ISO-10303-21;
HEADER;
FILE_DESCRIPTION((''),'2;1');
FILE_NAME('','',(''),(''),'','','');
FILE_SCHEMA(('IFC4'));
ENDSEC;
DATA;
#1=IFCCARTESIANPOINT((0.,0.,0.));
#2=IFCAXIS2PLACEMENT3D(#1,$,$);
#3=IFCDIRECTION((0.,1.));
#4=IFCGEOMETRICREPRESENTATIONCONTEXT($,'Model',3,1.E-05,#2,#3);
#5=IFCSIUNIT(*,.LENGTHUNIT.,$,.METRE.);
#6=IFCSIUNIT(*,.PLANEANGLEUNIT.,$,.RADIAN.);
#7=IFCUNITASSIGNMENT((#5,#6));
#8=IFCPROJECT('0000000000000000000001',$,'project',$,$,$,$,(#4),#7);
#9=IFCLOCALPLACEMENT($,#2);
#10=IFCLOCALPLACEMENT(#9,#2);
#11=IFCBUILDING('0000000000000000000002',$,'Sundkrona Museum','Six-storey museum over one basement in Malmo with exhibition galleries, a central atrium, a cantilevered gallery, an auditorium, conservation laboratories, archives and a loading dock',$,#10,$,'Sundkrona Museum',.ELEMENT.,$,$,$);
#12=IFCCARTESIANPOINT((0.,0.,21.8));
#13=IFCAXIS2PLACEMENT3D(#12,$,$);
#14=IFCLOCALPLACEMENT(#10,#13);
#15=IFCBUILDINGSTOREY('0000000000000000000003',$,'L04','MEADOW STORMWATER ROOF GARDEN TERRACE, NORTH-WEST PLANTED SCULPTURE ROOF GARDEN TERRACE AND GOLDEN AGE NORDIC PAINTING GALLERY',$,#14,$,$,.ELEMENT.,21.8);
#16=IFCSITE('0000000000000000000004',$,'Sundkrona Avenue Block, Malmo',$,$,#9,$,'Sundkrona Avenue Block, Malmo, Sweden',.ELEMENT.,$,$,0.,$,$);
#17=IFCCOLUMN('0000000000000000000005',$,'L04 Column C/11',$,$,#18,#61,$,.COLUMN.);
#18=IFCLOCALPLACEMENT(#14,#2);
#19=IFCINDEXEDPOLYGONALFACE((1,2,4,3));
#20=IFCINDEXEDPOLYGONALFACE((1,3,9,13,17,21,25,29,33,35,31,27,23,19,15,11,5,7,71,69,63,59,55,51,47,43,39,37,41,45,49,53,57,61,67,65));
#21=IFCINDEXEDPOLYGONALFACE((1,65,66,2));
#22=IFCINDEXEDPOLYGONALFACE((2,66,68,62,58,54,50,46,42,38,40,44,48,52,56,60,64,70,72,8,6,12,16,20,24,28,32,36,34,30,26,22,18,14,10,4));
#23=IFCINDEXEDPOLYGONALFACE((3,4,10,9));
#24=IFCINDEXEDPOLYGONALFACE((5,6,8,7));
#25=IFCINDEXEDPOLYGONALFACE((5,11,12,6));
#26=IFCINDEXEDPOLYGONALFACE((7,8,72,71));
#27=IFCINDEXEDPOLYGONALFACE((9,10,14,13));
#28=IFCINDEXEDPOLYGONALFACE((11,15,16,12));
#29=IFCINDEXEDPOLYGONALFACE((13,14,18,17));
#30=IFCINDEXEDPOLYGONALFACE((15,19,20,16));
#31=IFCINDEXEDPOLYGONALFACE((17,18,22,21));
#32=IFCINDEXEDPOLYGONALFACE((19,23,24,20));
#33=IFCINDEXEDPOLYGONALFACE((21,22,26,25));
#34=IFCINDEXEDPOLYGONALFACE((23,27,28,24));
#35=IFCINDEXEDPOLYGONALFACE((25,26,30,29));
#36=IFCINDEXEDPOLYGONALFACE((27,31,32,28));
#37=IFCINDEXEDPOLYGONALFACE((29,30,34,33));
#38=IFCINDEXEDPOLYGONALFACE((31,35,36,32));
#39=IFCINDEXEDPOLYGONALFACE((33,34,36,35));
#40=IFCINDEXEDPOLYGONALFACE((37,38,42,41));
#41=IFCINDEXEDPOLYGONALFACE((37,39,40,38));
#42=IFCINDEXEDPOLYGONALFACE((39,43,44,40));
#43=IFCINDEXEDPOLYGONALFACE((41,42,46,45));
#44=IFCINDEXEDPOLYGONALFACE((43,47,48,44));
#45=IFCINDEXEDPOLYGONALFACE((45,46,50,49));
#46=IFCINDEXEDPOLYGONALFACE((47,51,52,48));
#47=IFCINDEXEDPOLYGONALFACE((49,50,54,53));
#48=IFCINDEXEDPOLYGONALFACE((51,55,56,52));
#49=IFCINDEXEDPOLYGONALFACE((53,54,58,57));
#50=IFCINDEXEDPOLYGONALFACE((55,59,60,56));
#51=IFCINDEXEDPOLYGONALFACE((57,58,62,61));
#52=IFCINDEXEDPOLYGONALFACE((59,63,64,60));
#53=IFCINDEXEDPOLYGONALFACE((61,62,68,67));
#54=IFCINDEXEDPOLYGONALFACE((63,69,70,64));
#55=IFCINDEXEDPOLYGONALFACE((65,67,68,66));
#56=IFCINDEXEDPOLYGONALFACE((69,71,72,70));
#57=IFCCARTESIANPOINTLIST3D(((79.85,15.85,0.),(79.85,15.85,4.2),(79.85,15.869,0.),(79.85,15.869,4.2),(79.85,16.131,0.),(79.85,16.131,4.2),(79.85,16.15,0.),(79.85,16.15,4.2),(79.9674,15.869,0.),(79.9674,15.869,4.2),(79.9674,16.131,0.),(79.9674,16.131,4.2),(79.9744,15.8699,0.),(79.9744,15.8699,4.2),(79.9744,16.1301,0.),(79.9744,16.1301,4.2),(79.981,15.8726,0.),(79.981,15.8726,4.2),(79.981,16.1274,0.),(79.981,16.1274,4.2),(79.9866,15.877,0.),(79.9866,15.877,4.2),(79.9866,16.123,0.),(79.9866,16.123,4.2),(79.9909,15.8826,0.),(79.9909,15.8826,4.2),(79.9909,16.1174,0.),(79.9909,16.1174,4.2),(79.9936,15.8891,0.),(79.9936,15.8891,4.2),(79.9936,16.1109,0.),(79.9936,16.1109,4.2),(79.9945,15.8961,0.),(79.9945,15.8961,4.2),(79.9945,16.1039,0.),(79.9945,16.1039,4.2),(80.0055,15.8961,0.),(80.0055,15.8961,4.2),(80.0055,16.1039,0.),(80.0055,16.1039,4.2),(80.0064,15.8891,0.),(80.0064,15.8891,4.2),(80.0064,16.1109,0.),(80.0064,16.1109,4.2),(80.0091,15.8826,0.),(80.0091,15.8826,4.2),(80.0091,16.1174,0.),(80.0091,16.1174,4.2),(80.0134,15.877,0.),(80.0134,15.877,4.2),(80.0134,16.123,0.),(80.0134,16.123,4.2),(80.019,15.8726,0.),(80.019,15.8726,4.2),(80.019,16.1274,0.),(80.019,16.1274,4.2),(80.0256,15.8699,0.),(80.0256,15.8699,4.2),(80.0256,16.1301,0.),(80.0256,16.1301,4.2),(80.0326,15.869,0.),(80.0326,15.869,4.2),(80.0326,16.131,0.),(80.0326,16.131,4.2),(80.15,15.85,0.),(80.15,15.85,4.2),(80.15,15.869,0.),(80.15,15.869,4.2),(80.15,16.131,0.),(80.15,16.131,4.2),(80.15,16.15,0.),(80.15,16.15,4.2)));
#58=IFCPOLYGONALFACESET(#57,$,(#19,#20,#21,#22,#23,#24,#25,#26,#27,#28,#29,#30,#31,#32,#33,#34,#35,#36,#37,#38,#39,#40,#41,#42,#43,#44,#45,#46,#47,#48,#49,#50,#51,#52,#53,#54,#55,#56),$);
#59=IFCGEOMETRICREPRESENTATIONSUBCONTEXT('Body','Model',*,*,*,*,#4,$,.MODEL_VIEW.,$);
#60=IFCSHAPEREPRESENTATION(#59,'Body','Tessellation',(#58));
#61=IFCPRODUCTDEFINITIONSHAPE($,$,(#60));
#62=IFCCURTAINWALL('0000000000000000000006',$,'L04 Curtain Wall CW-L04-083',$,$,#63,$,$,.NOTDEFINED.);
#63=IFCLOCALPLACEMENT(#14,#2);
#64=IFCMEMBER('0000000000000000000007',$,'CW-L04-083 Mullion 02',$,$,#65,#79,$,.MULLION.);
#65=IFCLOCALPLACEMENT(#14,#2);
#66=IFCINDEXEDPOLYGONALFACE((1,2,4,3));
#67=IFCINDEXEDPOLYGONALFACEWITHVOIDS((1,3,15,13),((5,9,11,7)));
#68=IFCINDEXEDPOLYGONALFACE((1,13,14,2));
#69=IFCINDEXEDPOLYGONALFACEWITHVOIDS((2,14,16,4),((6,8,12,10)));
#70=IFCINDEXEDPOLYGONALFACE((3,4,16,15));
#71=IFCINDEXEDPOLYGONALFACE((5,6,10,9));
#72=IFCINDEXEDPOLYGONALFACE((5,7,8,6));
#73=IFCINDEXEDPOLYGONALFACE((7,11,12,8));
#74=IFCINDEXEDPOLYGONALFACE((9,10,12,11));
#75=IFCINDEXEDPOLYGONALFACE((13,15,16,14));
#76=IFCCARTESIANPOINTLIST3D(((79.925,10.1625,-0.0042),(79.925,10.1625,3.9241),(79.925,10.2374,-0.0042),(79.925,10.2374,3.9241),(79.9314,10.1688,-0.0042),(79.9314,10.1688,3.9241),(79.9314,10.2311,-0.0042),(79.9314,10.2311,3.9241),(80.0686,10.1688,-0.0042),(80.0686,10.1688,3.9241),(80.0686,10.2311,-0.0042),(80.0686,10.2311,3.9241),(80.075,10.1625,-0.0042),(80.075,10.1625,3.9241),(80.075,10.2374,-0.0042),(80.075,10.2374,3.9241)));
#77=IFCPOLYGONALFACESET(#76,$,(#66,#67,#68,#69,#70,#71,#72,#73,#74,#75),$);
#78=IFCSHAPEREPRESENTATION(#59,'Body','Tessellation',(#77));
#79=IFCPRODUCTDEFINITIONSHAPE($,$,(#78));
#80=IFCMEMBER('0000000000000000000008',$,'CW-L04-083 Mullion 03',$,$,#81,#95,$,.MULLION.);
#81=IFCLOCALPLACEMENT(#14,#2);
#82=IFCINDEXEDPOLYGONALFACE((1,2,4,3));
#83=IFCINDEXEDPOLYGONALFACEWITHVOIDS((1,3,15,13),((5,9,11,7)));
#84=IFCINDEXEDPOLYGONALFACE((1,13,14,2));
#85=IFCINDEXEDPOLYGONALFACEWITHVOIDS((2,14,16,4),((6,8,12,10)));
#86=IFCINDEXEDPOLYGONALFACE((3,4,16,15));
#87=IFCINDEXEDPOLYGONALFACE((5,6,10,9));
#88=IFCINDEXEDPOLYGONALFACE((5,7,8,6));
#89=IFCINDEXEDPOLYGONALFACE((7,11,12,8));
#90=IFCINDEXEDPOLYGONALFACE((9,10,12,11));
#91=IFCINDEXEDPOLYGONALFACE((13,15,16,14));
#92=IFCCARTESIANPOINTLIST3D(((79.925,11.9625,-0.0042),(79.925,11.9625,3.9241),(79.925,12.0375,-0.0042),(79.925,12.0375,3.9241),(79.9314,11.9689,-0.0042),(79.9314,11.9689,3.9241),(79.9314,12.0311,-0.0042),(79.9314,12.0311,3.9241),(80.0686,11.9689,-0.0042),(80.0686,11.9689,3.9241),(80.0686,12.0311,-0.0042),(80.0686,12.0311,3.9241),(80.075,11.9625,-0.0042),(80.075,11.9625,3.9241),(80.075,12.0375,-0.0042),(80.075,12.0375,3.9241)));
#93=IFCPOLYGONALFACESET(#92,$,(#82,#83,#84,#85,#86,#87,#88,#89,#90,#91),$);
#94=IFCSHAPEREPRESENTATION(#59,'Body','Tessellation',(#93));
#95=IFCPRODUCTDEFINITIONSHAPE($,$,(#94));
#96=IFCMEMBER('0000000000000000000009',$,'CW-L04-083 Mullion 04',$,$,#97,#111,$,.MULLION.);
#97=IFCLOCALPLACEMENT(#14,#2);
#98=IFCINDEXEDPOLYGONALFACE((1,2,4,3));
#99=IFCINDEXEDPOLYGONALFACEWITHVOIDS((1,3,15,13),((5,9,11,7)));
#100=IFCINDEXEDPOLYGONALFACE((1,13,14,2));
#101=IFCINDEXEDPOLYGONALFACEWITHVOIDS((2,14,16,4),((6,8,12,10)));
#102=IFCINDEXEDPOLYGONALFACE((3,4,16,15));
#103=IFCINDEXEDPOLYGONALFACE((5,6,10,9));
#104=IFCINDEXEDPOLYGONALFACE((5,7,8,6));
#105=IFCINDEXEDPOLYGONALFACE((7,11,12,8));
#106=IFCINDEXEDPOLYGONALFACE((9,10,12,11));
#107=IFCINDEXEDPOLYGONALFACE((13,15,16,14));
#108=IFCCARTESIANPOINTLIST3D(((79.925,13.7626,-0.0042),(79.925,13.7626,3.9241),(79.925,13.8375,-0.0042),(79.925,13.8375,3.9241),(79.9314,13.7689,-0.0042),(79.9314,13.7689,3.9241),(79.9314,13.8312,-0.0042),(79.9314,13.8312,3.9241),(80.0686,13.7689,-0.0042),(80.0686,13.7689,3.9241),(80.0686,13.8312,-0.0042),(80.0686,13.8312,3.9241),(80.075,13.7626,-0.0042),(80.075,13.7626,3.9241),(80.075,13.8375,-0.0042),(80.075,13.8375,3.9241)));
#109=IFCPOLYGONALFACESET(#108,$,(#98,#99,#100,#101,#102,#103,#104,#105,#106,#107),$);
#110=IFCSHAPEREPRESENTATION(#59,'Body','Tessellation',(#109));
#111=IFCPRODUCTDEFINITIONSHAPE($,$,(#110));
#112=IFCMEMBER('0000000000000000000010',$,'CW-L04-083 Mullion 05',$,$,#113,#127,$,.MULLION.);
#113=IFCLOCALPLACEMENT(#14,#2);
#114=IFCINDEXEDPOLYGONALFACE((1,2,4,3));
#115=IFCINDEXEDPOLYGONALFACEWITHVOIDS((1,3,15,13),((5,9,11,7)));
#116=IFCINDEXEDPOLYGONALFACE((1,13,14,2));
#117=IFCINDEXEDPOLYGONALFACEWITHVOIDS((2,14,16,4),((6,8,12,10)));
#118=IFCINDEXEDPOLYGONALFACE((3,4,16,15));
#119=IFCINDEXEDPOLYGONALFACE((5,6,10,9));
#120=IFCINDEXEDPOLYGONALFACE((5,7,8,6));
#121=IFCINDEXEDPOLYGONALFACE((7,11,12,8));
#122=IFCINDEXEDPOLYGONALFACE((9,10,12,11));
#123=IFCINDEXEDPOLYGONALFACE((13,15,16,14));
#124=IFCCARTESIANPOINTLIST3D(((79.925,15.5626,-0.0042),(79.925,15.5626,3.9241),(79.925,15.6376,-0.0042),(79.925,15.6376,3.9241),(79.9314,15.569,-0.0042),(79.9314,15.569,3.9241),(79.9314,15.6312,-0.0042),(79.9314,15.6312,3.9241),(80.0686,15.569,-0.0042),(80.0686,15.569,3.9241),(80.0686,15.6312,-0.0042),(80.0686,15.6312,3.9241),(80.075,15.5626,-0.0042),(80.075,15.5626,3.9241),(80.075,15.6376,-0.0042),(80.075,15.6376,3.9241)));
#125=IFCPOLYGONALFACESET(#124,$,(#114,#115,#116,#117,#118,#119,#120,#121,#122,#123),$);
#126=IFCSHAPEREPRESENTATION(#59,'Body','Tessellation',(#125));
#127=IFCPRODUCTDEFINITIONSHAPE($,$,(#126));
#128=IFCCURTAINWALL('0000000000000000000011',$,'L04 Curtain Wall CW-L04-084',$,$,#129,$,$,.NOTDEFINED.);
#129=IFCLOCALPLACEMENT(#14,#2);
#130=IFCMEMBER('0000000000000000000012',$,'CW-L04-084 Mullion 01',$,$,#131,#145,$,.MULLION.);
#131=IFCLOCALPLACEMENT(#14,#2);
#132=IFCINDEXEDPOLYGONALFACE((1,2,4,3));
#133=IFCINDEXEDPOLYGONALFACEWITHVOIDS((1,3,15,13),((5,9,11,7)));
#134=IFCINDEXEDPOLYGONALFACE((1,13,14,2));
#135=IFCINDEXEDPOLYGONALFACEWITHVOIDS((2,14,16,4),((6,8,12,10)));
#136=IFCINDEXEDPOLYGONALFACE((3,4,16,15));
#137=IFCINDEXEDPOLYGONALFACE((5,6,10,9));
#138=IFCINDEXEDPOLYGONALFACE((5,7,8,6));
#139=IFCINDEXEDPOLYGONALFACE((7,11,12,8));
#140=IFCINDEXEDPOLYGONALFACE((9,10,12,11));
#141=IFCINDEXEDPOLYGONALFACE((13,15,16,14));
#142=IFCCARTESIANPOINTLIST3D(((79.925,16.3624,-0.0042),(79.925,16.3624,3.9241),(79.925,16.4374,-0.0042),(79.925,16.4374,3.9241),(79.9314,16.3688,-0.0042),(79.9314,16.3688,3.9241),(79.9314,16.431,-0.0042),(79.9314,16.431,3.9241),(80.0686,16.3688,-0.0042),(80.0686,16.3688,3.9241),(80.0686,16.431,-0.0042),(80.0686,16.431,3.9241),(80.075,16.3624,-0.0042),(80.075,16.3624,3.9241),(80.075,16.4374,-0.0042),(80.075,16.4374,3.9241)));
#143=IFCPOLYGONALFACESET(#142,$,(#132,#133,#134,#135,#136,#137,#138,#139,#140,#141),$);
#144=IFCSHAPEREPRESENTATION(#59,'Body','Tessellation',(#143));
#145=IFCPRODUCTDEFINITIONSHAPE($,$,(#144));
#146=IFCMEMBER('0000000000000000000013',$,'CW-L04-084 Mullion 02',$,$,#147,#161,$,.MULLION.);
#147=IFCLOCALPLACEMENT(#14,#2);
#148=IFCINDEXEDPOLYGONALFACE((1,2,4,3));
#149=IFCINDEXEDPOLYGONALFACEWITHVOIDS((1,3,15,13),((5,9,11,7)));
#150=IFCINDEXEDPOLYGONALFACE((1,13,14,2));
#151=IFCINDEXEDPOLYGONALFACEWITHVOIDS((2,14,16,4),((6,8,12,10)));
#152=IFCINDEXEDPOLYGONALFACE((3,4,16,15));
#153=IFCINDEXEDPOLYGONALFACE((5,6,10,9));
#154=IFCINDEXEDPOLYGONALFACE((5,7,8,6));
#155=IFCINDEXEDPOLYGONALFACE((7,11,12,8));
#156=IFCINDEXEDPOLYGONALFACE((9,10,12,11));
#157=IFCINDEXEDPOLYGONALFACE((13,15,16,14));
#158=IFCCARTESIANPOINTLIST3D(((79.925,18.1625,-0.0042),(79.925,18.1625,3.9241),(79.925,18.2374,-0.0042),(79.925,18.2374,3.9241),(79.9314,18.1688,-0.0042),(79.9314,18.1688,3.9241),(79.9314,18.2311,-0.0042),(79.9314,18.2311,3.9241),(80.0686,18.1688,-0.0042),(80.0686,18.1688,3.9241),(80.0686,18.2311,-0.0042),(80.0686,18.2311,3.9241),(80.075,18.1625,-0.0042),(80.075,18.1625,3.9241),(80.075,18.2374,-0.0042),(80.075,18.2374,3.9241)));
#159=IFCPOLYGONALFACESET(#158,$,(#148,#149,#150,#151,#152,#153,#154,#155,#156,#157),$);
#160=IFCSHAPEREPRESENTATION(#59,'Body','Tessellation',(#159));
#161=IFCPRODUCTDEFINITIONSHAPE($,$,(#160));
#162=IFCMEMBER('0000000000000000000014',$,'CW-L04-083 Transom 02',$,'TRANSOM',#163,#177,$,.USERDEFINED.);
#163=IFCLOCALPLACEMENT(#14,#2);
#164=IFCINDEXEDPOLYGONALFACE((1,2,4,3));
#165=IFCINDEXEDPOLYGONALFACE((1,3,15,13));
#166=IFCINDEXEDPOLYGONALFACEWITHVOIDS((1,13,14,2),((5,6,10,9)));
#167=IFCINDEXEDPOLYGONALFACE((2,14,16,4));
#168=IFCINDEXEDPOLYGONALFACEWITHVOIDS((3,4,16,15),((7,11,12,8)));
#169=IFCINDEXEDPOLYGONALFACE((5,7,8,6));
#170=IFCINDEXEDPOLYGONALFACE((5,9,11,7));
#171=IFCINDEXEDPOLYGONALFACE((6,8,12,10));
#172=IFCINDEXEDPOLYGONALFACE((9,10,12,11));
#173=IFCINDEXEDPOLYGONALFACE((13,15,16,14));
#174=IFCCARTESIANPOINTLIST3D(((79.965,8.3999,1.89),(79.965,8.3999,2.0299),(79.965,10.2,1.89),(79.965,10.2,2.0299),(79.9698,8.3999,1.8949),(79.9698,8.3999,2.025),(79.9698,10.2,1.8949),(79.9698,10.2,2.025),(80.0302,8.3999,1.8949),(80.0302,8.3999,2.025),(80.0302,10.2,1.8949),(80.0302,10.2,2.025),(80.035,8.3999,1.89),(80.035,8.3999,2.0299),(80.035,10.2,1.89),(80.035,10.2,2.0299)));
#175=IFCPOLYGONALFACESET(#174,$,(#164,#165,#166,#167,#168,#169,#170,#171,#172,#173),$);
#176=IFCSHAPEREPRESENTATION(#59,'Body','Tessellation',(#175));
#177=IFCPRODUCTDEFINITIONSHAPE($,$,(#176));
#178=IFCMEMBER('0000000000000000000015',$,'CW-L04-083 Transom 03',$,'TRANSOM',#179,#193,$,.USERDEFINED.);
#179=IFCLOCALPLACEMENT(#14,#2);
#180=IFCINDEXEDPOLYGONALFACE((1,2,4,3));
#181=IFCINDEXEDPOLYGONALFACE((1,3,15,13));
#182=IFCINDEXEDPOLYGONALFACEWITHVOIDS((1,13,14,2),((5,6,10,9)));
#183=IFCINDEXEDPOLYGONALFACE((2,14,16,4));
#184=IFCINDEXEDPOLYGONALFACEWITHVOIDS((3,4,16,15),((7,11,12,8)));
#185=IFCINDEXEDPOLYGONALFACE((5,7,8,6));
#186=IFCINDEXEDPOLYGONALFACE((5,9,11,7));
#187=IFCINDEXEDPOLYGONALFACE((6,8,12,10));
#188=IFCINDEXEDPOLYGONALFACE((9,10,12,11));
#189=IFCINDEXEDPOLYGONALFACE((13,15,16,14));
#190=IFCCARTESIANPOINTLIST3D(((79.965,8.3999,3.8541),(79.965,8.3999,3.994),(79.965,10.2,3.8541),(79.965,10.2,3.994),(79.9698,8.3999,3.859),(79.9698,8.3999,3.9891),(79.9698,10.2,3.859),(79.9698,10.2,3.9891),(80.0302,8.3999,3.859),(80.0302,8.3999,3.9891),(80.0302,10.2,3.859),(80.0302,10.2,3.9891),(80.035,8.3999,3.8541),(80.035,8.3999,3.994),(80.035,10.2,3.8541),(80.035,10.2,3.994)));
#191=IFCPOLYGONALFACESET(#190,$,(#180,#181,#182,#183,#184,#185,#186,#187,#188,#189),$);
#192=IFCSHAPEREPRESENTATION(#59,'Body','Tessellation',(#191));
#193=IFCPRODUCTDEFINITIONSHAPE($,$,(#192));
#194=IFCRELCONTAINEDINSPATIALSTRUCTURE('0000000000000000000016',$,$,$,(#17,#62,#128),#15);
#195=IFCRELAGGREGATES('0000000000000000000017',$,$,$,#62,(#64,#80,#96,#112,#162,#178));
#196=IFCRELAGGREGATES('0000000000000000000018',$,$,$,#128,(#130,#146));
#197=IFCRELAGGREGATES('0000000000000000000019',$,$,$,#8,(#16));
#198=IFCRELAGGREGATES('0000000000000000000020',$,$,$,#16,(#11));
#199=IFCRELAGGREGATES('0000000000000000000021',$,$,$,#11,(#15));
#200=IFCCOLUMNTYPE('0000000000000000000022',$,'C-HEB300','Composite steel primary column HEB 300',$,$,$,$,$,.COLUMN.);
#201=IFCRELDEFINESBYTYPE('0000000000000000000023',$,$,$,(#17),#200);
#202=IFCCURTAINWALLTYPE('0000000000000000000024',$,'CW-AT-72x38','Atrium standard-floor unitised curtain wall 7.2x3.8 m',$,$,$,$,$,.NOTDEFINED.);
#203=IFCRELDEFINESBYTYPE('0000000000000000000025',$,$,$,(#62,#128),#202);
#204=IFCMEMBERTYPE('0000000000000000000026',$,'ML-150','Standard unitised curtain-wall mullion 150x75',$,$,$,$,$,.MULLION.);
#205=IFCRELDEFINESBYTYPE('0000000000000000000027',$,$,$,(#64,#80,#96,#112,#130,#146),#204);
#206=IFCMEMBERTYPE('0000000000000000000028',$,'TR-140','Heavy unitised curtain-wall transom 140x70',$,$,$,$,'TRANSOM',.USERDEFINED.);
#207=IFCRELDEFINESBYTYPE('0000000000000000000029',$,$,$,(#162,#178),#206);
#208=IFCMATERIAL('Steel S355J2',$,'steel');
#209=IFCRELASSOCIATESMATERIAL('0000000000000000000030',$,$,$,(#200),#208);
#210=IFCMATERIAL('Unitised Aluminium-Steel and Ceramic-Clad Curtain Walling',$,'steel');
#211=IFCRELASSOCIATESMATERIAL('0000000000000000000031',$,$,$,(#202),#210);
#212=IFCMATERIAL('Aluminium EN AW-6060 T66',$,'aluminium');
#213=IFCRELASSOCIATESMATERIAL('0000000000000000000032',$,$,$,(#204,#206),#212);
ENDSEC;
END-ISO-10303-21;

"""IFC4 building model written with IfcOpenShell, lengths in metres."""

from ifc_helpers import new_model, si_unit, direction, frame, origin, origin_2d, place, context, subcontext, project, spatial, hollow_rectangle, i_section, extrude, material, material_profile, profile_set, type_object, element, aggregate, save


model = new_model("IFC4")

# Units and contexts
model_context = context("Model", 3, precision=1e-05, world=origin(), true_north=direction((0.0, 1.0)))
body_context = subcontext(model_context, "Body", "Model", "MODEL_VIEW")
ifc_project = project(units=[si_unit("LENGTHUNIT", "METRE"), si_unit("PLANEANGLEUNIT", "RADIAN")], contexts=[model_context])

# Site, building, storey
site_placement = place(None, origin())
site = spatial("IfcSite", under=ifc_project, at=site_placement, Name="Sundkrona Avenue Block, Malmo", LongName="Sundkrona Avenue Block, Malmo, Sweden", CompositionType="ELEMENT", RefElevation=0.0)
building_placement = place(site_placement, origin())
building = spatial("IfcBuilding", under=site, at=building_placement, Name="Sundkrona Museum", Description="Six-storey museum over one basement in Malmo with exhibition galleries, a central atrium, a cantilevered gallery, an auditorium, conservation laboratories, archives and a loading dock", LongName="Sundkrona Museum", CompositionType="ELEMENT")
storey_placement = place(building_placement, frame((0.0, 0.0, 21.8)))
storey = spatial("IfcBuildingStorey", under=building, at=storey_placement, Name="L04", Description="MEADOW STORMWATER ROOF GARDEN TERRACE, NORTH-WEST PLANTED SCULPTURE ROOF GARDEN TERRACE AND GOLDEN AGE NORDIC PAINTING GALLERY", CompositionType="ELEMENT", Elevation=21.8)

# Column
ifc_material_1 = material(Name="Steel S355J2", Category="steel")
ifc_material_profile_1 = material_profile(ifc_material_1, i_section(OverallWidth=0.3, OverallDepth=0.3, WebThickness=0.011, FlangeThickness=0.019, FilletRadius=0.0271, at=origin_2d()), Name="HEB 300")
ifc_profile_set_1 = profile_set([ifc_material_profile_1], Name="Steel S355J2")
column_type = type_object("IfcColumnType", Name="C-HEB300", Description="Composite steel primary column HEB 300", PredefinedType="COLUMN", material=ifc_profile_set_1)
column_placement = place(storey_placement, frame((80.0, 16.0, 0.0), z_axis=(0.0, 0.0, 1.0), x_axis=(1.0, 0.0, 0.0)))
element("IfcColumn", 1, at=column_placement, inside=storey, type_object=column_type, Name="L04 Column C/11", PredefinedType="COLUMN", context=body_context, shape_type="SweptSolid", body=[
    extrude(i_section(OverallWidth=0.3, OverallDepth=0.3, WebThickness=0.011, FlangeThickness=0.019, FilletRadius=0.0271, at=origin_2d()), origin(), (0.0, 0.0, 1.0), 4.2),
])

# Curtain walls, members
ifc_material_2 = material(Name="Unitised Aluminium-Steel and Ceramic-Clad Curtain Walling", Category="steel")
curtain_wall_type = type_object("IfcCurtainWallType", Name="CW-AT-72x38", Description="Atrium standard-floor unitised curtain wall 7.2x3.8 m", PredefinedType="NOTDEFINED", material=ifc_material_2)
curtain_wall_1_placement = place(storey_placement, origin())
curtain_wall_1 = element("IfcCurtainWall", 2, at=curtain_wall_1_placement, inside=storey, type_object=curtain_wall_type, Name="L04 Curtain Wall CW-L04-083", PredefinedType="NOTDEFINED")
ifc_material_3 = material(Name="Aluminium EN AW-6060 T66", Category="aluminium")
ifc_material_profile_2 = material_profile(ifc_material_3, hollow_rectangle(XDim=0.075, YDim=0.1499, WallThickness=0.0063, at=origin_2d()), Name="RHS 150x75x6.3")
ifc_profile_set_2 = profile_set([ifc_material_profile_2], Name="Aluminium EN AW-6060 T66")
member_type_1 = type_object("IfcMemberType", Name="ML-150", Description="Standard unitised curtain-wall mullion 150x75", PredefinedType="MULLION", material=ifc_profile_set_2)
member_1_placement = place(storey_placement, frame((80.0, 10.2, -0.0042), z_axis=(0.0, 0.0, 1.0), x_axis=(0.0, 1.0, 0.0)))
member_1 = element("IfcMember", 3, at=member_1_placement, type_object=member_type_1, Name="CW-L04-083 Mullion 02", PredefinedType="MULLION", context=body_context, shape_type="SweptSolid", body=[
    extrude(hollow_rectangle(XDim=0.075, YDim=0.1499, WallThickness=0.0063, at=origin_2d()), origin(), (0.0, 0.0, 1.0), 3.9282),
])
member_2_placement = place(storey_placement, frame((80.0, 12.0, -0.0042), z_axis=(0.0, 0.0, 1.0), x_axis=(0.0, 1.0, 0.0)))
member_2 = element("IfcMember", 4, at=member_2_placement, type_object=member_type_1, Name="CW-L04-083 Mullion 03", PredefinedType="MULLION", context=body_context, shape_type="SweptSolid", body=[
    extrude(hollow_rectangle(XDim=0.075, YDim=0.1499, WallThickness=0.0063, at=origin_2d()), origin(), (0.0, 0.0, 1.0), 3.9282),
])
member_3_placement = place(storey_placement, frame((80.0, 13.8, -0.0042), z_axis=(0.0, 0.0, 1.0), x_axis=(0.0, 1.0, 0.0)))
member_3 = element("IfcMember", 5, at=member_3_placement, type_object=member_type_1, Name="CW-L04-083 Mullion 04", PredefinedType="MULLION", context=body_context, shape_type="SweptSolid", body=[
    extrude(hollow_rectangle(XDim=0.075, YDim=0.1499, WallThickness=0.0063, at=origin_2d()), origin(), (0.0, 0.0, 1.0), 3.9282),
])
member_4_placement = place(storey_placement, frame((80.0, 15.6001, -0.0042), z_axis=(0.0, 0.0, 1.0), x_axis=(0.0, 1.0, 0.0)))
member_4 = element("IfcMember", 6, at=member_4_placement, type_object=member_type_1, Name="CW-L04-083 Mullion 05", PredefinedType="MULLION", context=body_context, shape_type="SweptSolid", body=[
    extrude(hollow_rectangle(XDim=0.075, YDim=0.1499, WallThickness=0.0063, at=origin_2d()), origin(), (0.0, 0.0, 1.0), 3.9282),
])
curtain_wall_2_placement = place(storey_placement, origin())
curtain_wall_2 = element("IfcCurtainWall", 7, at=curtain_wall_2_placement, inside=storey, type_object=curtain_wall_type, Name="L04 Curtain Wall CW-L04-084", PredefinedType="NOTDEFINED")
member_5_placement = place(storey_placement, frame((80.0, 16.3999, -0.0042), z_axis=(0.0, 0.0, 1.0), x_axis=(0.0, 1.0, 0.0)))
member_5 = element("IfcMember", 8, at=member_5_placement, type_object=member_type_1, Name="CW-L04-084 Mullion 01", PredefinedType="MULLION", context=body_context, shape_type="SweptSolid", body=[
    extrude(hollow_rectangle(XDim=0.075, YDim=0.1499, WallThickness=0.0063, at=origin_2d()), origin(), (0.0, 0.0, 1.0), 3.9282),
])
member_6_placement = place(storey_placement, frame((80.0, 18.2, -0.0042), z_axis=(0.0, 0.0, 1.0), x_axis=(0.0, 1.0, 0.0)))
member_6 = element("IfcMember", 9, at=member_6_placement, type_object=member_type_1, Name="CW-L04-084 Mullion 02", PredefinedType="MULLION", context=body_context, shape_type="SweptSolid", body=[
    extrude(hollow_rectangle(XDim=0.075, YDim=0.1499, WallThickness=0.0063, at=origin_2d()), origin(), (0.0, 0.0, 1.0), 3.9282),
])

# Members
ifc_material_profile_3 = material_profile(ifc_material_3, hollow_rectangle(XDim=0.0701, YDim=0.1399, WallThickness=0.0049, at=origin_2d()), Name="RHS 140x70x5.0")
ifc_profile_set_3 = profile_set([ifc_material_profile_3], Name="Aluminium EN AW-6060 T66")
member_type_2 = type_object("IfcMemberType", Name="TR-140", Description="Heavy unitised curtain-wall transom 140x70", ElementType="TRANSOM", PredefinedType="USERDEFINED", material=ifc_profile_set_3)
member_7_placement = place(storey_placement, frame((80.0, 8.3999, 1.96), z_axis=(0.0, 1.0, 0.0), x_axis=(-1.0, 0.0, 0.0)))
member_7 = element("IfcMember", 10, at=member_7_placement, type_object=member_type_2, Name="CW-L04-083 Transom 02", ObjectType="TRANSOM", PredefinedType="USERDEFINED", context=body_context, shape_type="SweptSolid", body=[
    extrude(hollow_rectangle(XDim=0.0701, YDim=0.1399, WallThickness=0.0049, at=origin_2d()), origin(), (0.0, 0.0, 1.0), 1.8),
])
member_8_placement = place(storey_placement, frame((80.0, 8.3999, 3.9241), z_axis=(0.0, 1.0, 0.0), x_axis=(-1.0, 0.0, 0.0)))
member_8 = element("IfcMember", 11, at=member_8_placement, type_object=member_type_2, Name="CW-L04-083 Transom 03", ObjectType="TRANSOM", PredefinedType="USERDEFINED", context=body_context, shape_type="SweptSolid", body=[
    extrude(hollow_rectangle(XDim=0.0701, YDim=0.1399, WallThickness=0.0049, at=origin_2d()), origin(), (0.0, 0.0, 1.0), 1.8),
])

aggregate(curtain_wall_1, [member_1, member_2, member_3, member_4, member_7, member_8])
aggregate(curtain_wall_2, [member_5, member_6])

save(model, "model.ifc")
